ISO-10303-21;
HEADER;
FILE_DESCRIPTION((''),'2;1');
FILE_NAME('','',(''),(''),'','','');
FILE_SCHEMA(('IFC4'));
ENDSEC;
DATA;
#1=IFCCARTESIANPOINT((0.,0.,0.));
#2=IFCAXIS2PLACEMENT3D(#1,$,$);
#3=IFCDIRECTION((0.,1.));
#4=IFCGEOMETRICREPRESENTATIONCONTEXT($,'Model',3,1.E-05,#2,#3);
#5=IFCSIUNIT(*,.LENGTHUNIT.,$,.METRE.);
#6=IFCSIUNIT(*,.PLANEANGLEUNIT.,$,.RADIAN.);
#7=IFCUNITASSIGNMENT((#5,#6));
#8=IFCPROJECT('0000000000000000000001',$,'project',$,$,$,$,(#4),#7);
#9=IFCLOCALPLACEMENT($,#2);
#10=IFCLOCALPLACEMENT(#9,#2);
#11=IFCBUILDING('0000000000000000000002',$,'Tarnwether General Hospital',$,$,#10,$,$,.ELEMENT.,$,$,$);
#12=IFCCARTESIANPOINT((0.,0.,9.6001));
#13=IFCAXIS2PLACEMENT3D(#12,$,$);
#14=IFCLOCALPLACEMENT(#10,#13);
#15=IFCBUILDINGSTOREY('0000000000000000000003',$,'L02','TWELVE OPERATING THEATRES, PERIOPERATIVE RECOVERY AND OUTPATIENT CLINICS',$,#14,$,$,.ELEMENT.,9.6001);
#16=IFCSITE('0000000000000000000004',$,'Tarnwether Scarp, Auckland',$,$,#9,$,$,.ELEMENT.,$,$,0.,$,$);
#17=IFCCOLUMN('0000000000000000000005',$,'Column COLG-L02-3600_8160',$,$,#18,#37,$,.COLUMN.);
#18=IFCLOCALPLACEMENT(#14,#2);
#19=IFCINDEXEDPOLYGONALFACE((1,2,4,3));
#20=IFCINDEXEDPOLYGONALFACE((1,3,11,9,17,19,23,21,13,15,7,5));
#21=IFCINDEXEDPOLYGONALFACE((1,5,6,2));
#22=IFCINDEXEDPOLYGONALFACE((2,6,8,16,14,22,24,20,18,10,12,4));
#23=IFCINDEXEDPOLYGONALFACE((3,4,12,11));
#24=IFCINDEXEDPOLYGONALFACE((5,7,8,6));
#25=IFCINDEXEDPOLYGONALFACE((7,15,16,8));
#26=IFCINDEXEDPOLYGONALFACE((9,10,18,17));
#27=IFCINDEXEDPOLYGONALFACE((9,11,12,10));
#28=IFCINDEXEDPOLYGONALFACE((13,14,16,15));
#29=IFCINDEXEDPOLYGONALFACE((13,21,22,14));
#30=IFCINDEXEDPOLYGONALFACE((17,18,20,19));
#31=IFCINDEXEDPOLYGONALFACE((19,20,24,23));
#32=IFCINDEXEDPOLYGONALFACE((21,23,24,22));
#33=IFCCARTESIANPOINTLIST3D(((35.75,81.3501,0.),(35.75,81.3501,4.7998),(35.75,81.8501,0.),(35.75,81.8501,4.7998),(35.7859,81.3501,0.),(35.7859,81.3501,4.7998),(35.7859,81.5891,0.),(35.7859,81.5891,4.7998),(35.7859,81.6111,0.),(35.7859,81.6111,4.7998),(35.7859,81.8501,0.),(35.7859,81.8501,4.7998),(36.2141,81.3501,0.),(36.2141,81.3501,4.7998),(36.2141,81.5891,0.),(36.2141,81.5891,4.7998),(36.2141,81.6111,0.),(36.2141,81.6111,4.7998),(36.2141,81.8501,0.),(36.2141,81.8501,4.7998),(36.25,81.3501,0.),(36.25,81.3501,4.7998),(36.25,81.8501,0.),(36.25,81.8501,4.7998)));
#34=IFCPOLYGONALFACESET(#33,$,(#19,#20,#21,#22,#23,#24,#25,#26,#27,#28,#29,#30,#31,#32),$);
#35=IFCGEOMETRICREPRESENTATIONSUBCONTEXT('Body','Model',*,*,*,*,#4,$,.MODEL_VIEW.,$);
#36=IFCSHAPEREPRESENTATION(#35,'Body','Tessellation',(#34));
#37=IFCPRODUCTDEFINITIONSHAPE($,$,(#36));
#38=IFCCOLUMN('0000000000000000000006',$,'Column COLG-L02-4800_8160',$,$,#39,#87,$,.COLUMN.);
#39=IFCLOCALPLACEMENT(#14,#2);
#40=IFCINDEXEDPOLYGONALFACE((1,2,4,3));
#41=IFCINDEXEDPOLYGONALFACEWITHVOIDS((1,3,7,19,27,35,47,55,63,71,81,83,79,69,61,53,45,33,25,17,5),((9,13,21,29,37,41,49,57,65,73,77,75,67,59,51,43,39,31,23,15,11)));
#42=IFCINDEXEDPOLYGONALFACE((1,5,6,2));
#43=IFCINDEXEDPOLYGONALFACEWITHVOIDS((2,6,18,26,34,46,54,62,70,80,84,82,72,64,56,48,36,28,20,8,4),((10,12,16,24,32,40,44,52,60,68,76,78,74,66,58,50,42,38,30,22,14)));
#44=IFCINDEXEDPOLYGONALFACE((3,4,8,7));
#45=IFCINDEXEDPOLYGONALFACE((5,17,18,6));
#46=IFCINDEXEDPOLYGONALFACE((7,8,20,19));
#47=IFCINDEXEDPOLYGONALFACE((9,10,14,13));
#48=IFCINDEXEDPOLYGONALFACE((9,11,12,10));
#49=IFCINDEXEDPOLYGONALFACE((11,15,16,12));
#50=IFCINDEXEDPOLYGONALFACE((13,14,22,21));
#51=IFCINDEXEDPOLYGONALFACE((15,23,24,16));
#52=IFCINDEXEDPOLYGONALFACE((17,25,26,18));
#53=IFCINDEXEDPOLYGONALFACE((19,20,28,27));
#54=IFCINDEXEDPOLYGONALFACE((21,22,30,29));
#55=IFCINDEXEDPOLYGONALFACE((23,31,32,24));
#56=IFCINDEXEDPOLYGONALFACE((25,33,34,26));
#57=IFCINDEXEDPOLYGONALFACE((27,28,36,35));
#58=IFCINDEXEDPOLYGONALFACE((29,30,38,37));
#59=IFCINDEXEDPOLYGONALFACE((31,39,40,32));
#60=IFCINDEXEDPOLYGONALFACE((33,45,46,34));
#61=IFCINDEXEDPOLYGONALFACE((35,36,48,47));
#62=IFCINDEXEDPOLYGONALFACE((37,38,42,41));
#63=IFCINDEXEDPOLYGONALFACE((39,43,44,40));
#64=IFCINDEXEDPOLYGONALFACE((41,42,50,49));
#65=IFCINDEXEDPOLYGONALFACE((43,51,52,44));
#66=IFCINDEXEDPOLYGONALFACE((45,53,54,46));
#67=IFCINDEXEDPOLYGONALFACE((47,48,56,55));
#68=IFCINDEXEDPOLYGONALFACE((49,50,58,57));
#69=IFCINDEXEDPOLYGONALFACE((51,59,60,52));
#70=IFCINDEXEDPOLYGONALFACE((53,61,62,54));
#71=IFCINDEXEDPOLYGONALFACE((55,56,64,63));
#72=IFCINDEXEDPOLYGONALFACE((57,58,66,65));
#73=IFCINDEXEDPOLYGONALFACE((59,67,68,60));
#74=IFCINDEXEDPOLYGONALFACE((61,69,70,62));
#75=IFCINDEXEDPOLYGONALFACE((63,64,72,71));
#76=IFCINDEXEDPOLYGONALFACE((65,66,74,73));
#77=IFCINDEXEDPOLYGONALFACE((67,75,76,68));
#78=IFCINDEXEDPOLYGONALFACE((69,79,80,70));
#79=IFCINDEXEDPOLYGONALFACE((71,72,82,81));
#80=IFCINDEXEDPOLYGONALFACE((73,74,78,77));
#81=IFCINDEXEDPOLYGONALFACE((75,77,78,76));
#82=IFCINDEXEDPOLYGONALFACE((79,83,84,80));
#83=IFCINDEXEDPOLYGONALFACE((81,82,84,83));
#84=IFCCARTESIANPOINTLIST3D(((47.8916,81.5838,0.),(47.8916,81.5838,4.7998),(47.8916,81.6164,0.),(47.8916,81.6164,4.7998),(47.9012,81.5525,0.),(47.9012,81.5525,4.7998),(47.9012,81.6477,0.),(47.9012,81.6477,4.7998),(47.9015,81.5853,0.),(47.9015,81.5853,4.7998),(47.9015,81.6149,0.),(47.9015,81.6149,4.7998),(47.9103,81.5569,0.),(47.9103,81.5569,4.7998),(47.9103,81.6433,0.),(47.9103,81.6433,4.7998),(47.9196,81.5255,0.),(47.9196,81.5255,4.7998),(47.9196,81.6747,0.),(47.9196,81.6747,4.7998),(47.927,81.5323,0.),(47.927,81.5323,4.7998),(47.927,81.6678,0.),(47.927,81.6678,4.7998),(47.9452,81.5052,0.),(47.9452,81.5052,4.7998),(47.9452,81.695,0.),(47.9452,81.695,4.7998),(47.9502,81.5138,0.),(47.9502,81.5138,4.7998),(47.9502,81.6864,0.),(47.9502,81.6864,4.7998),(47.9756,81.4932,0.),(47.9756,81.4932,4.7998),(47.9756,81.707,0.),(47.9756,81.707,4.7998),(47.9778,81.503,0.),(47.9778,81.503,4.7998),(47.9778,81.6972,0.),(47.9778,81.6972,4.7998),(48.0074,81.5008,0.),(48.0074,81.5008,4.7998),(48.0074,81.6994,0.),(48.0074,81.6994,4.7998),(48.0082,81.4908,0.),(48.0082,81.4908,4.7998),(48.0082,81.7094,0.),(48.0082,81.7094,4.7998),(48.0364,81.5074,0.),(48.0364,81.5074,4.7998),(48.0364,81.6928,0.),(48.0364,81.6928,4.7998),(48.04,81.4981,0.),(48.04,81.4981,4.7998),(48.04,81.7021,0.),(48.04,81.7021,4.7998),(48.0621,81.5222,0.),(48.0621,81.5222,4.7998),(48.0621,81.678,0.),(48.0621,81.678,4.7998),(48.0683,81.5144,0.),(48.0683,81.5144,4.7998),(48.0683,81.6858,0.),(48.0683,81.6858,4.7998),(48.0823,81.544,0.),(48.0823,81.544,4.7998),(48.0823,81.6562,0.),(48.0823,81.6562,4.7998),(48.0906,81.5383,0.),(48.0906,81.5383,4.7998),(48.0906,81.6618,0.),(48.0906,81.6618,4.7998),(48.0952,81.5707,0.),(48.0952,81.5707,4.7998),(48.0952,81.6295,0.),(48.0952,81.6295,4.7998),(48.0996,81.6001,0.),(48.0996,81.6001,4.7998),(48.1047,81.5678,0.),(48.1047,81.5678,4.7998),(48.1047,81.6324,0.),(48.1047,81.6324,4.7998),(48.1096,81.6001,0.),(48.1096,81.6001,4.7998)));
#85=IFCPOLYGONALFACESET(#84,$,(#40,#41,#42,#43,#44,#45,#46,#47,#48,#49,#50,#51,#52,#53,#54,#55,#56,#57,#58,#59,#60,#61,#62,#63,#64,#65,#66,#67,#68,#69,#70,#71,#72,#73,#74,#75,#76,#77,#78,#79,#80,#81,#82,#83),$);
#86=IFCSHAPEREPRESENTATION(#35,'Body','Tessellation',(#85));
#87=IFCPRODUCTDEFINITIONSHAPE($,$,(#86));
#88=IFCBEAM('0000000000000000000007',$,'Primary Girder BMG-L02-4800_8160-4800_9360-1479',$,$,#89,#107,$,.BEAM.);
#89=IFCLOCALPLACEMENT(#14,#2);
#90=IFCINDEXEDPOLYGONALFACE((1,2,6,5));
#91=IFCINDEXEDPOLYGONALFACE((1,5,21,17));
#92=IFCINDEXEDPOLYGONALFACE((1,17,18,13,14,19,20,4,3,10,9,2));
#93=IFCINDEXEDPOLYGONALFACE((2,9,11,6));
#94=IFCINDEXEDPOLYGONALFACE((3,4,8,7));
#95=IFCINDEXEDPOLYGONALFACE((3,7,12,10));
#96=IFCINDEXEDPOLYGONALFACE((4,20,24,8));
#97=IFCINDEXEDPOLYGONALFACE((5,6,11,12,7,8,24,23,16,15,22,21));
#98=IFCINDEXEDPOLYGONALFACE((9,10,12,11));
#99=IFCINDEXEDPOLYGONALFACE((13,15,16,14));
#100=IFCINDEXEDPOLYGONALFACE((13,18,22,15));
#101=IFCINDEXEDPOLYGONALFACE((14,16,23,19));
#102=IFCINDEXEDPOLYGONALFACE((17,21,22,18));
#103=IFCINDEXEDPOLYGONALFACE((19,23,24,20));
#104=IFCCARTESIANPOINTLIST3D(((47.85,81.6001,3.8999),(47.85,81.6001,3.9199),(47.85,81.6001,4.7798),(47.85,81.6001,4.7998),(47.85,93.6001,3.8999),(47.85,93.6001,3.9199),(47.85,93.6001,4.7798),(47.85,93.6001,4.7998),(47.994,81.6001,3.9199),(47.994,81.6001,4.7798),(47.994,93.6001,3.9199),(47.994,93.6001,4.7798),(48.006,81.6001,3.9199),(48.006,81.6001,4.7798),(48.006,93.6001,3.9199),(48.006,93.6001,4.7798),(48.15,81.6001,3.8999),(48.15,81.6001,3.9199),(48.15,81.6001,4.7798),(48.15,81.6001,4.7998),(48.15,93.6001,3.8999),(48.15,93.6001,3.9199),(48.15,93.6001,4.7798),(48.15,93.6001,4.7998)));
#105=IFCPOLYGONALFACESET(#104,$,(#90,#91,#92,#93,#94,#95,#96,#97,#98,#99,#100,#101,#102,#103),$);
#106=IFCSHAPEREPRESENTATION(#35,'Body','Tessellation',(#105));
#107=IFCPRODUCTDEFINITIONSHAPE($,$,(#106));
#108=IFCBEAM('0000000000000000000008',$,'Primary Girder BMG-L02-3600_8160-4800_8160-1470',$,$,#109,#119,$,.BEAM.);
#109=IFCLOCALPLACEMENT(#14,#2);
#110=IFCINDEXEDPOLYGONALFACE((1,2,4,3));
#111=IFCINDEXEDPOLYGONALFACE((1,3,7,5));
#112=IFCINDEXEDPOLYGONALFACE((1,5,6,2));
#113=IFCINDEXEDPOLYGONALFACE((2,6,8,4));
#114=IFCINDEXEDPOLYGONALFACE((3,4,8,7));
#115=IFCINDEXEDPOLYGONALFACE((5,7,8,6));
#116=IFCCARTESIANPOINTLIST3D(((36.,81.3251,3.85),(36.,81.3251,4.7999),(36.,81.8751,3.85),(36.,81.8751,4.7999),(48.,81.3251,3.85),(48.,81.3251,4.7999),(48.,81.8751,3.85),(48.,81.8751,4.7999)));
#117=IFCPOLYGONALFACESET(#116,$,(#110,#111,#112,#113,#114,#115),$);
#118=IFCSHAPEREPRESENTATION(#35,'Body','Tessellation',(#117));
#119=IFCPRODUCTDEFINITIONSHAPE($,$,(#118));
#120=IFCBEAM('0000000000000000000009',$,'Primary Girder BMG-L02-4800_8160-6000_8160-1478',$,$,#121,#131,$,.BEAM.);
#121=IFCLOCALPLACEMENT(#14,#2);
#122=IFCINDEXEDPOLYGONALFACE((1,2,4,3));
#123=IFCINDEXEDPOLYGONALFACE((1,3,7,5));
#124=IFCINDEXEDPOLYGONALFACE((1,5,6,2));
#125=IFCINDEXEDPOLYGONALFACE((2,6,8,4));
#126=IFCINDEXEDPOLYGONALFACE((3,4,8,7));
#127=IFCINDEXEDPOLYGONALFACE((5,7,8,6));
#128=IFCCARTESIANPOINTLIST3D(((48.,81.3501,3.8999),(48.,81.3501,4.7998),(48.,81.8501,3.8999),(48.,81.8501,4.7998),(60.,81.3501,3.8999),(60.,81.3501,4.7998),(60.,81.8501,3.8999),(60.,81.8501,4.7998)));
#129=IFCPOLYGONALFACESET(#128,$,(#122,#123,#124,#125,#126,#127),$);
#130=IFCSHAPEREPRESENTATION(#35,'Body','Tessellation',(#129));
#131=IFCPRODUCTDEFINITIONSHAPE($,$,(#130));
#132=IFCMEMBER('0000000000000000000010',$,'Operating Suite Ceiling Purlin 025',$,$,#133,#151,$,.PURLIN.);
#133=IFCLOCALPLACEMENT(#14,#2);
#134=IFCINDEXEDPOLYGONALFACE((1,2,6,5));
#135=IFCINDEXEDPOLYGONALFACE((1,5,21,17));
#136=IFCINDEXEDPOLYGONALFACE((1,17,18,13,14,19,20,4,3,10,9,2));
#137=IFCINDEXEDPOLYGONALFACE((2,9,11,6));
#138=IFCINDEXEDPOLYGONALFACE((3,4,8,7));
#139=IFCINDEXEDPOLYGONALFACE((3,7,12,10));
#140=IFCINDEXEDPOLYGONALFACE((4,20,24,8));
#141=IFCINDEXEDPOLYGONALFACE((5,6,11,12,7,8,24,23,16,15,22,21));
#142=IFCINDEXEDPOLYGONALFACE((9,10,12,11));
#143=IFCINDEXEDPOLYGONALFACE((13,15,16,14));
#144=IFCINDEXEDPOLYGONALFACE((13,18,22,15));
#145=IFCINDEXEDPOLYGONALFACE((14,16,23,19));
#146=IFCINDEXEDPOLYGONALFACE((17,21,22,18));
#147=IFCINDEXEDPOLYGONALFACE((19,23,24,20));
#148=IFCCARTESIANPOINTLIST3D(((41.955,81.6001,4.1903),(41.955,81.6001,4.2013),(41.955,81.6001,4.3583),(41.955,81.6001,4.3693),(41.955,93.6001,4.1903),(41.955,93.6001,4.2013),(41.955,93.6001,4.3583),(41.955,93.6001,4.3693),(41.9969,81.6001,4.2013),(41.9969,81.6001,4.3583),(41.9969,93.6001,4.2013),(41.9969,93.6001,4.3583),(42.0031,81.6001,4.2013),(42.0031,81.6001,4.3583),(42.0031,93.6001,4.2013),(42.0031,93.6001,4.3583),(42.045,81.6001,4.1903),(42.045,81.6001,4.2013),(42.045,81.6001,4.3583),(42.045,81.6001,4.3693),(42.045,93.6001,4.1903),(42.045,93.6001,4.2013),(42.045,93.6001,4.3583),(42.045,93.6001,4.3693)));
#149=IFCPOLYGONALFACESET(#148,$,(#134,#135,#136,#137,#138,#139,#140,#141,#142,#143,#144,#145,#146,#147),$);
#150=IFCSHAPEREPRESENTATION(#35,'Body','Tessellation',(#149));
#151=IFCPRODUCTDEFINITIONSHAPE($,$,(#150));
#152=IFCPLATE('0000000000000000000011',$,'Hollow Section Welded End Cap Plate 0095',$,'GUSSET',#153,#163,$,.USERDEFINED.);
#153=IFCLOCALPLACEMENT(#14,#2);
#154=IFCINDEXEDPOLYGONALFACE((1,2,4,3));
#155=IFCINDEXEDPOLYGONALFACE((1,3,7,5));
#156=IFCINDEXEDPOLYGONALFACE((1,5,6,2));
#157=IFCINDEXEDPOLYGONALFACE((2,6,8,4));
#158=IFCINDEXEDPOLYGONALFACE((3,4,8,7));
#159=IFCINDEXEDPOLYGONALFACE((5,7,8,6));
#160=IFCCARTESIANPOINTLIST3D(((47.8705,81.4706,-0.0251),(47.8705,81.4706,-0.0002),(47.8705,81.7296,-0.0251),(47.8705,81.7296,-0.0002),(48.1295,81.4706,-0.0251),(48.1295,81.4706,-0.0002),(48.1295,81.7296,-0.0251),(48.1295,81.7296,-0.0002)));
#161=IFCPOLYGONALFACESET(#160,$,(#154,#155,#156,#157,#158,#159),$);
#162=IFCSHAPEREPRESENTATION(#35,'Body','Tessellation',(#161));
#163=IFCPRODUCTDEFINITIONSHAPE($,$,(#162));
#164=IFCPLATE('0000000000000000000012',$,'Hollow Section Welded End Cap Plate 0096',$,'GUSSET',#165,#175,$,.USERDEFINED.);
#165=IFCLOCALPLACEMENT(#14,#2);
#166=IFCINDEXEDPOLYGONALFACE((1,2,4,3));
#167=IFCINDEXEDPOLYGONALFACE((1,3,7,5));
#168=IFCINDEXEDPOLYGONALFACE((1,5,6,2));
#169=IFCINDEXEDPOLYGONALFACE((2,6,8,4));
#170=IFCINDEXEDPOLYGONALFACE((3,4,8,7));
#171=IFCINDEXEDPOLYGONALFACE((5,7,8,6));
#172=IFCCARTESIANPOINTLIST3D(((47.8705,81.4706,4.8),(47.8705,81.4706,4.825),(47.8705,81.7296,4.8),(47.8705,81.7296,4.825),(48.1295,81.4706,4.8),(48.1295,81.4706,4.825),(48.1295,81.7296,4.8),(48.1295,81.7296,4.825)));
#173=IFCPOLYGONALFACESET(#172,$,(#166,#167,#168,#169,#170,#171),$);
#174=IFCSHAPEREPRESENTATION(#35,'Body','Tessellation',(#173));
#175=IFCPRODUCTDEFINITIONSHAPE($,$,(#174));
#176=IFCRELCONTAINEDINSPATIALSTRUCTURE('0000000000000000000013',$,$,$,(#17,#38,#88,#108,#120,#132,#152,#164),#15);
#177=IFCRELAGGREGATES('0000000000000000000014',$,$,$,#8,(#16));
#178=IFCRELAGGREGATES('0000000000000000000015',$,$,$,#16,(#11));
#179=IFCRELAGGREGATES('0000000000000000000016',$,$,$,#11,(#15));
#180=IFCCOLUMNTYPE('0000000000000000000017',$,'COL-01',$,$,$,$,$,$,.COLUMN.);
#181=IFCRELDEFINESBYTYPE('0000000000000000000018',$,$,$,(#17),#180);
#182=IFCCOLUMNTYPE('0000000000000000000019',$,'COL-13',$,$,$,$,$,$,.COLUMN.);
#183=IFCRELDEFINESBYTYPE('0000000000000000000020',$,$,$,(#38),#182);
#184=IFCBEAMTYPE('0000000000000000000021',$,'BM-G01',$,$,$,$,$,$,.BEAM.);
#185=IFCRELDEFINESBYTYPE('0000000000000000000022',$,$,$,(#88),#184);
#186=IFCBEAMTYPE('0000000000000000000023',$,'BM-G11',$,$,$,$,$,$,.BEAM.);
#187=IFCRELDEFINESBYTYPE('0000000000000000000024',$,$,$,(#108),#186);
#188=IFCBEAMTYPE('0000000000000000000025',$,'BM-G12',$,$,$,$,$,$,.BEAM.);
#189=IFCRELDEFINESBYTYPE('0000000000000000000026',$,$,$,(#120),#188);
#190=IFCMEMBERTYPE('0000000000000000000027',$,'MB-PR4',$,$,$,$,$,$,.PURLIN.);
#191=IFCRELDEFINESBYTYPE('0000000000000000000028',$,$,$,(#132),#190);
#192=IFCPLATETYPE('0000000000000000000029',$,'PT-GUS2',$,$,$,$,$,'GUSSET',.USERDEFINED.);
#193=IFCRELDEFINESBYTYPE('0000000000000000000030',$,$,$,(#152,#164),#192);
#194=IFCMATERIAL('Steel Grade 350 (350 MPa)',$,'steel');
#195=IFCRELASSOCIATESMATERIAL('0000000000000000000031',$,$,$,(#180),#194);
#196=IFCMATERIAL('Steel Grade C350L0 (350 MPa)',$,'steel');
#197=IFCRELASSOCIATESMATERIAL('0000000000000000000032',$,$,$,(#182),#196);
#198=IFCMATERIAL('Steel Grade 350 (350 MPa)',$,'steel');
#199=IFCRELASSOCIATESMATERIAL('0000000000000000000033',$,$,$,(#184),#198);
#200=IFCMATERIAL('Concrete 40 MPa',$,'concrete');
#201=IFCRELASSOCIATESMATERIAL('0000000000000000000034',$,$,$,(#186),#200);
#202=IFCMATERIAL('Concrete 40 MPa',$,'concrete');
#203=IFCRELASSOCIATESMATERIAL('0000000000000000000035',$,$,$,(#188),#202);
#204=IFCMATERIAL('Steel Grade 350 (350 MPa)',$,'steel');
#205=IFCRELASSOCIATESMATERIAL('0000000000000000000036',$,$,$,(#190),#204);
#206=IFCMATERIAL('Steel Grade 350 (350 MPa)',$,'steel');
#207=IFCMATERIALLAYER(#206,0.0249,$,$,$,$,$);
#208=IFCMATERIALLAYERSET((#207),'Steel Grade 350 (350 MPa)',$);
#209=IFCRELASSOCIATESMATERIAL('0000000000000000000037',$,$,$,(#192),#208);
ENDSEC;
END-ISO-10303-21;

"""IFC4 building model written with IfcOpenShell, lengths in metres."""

from ifc_helpers import new_model, si_unit, direction, frame, origin, origin_2d, place, context, subcontext, project, spatial, rectangle, hollow_circle, i_section, extrude, material, layer, layer_set, material_profile, profile_set, type_object, element, save


model = new_model("IFC4")

# Units and contexts
model_context = context("Model", 3, precision=1e-05, world=origin(), true_north=direction((0.0, 1.0)))
body_context = subcontext(model_context, "Body", "Model", "MODEL_VIEW")
ifc_project = project(units=[si_unit("LENGTHUNIT", "METRE"), si_unit("PLANEANGLEUNIT", "RADIAN")], contexts=[model_context])

# Site, building, storey
site_placement = place(None, origin())
site = spatial("IfcSite", under=ifc_project, at=site_placement, Name="Tarnwether Scarp, Auckland", CompositionType="ELEMENT", RefElevation=0.0)
building_placement = place(site_placement, origin())
building = spatial("IfcBuilding", under=site, at=building_placement, Name="Tarnwether General Hospital", CompositionType="ELEMENT")
storey_placement = place(building_placement, frame((0.0, 0.0, 9.6001)))
storey = spatial("IfcBuildingStorey", under=building, at=storey_placement, Name="L02", Description="TWELVE OPERATING THEATRES, PERIOPERATIVE RECOVERY AND OUTPATIENT CLINICS", CompositionType="ELEMENT", Elevation=9.6001)

# Columns
ifc_material_1 = material(Name="Steel Grade 350 (350 MPa)", Category="steel")
ifc_material_profile_1 = material_profile(ifc_material_1, i_section(OverallWidth=0.5, OverallDepth=0.5, WebThickness=0.022, FlangeThickness=0.0359, at=origin_2d()), Name="500WC380")
ifc_profile_set_1 = profile_set([ifc_material_profile_1], Name="Steel Grade 350 (350 MPa)")
column_type_1 = type_object("IfcColumnType", Name="COL-01", PredefinedType="COLUMN", material=ifc_profile_set_1)
column_1_placement = place(storey_placement, frame((36.0, 81.6001, 0.0), z_axis=(0.0, 0.0, 1.0), x_axis=(0.0, 1.0, 0.0)))
element("IfcColumn", 1, at=column_1_placement, inside=storey, type_object=column_type_1, Name="Column COLG-L02-3600_8160", PredefinedType="COLUMN", context=body_context, shape_type="SweptSolid", body=[
    extrude(i_section(OverallWidth=0.5, OverallDepth=0.5, WebThickness=0.022, FlangeThickness=0.0359, at=origin_2d()), origin(), (0.0, 0.0, 1.0), 4.7998),
])
ifc_material_2 = material(Name="Steel Grade C350L0 (350 MPa)", Category="steel")
ifc_material_profile_2 = material_profile(ifc_material_2, hollow_circle(Radius=0.1096, WallThickness=0.01, at=origin_2d()), Name="CHS219.1x10.0")
ifc_profile_set_2 = profile_set([ifc_material_profile_2], Name="Steel Grade C350L0 (350 MPa)")
column_type_2 = type_object("IfcColumnType", Name="COL-13", PredefinedType="COLUMN", material=ifc_profile_set_2)
column_2_placement = place(storey_placement, frame((48.0, 81.6001, 0.0), z_axis=(0.0, 0.0, 1.0), x_axis=(1.0, 0.0, 0.0)))
element("IfcColumn", 2, at=column_2_placement, inside=storey, type_object=column_type_2, Name="Column COLG-L02-4800_8160", PredefinedType="COLUMN", context=body_context, shape_type="SweptSolid", body=[
    extrude(hollow_circle(Radius=0.1096, WallThickness=0.01, at=origin_2d()), origin(), (0.0, 0.0, 1.0), 4.7998),
])

# Beams
ifc_material_3 = material(Name="Steel Grade 350 (350 MPa)", Category="steel")
ifc_material_profile_3 = material_profile(ifc_material_3, i_section(OverallWidth=0.3, OverallDepth=0.8999, WebThickness=0.012, FlangeThickness=0.02, at=origin_2d()), Name="900WB175")
ifc_profile_set_3 = profile_set([ifc_material_profile_3], Name="Steel Grade 350 (350 MPa)")
beam_type_1 = type_object("IfcBeamType", Name="BM-G01", PredefinedType="BEAM", material=ifc_profile_set_3)
beam_1_placement = place(storey_placement, frame((48.0, 81.6001, 4.3499), z_axis=(0.0, 1.0, 0.0), x_axis=(-1.0, 0.0, 0.0)))
element("IfcBeam", 3, at=beam_1_placement, inside=storey, type_object=beam_type_1, Name="Primary Girder BMG-L02-4800_8160-4800_9360-1479", PredefinedType="BEAM", context=body_context, shape_type="SweptSolid", body=[
    extrude(i_section(OverallWidth=0.3, OverallDepth=0.8999, WebThickness=0.012, FlangeThickness=0.02, at=origin_2d()), origin(), (0.0, 0.0, 1.0), 12.0),
])
ifc_material_4 = material(Name="Concrete 40 MPa", Category="concrete")
ifc_material_profile_4 = material_profile(ifc_material_4, rectangle(XDim=0.55, YDim=0.95, at=origin_2d()), Name="RC-BM-550x950")
ifc_profile_set_4 = profile_set([ifc_material_profile_4], Name="Concrete 40 MPa")
beam_type_2 = type_object("IfcBeamType", Name="BM-G11", PredefinedType="BEAM", material=ifc_profile_set_4)
beam_2_placement = place(storey_placement, frame((36.0, 81.6001, 4.325), z_axis=(1.0, 0.0, 0.0), x_axis=(0.0, 1.0, 0.0)))
element("IfcBeam", 4, at=beam_2_placement, inside=storey, type_object=beam_type_2, Name="Primary Girder BMG-L02-3600_8160-4800_8160-1470", PredefinedType="BEAM", context=body_context, shape_type="SweptSolid", body=[
    extrude(rectangle(XDim=0.55, YDim=0.95, at=origin_2d()), origin(), (0.0, 0.0, 1.0), 12.0),
])
ifc_material_5 = material(Name="Concrete 40 MPa", Category="concrete")
ifc_material_profile_5 = material_profile(ifc_material_5, rectangle(XDim=0.5, YDim=0.8999, at=origin_2d()), Name="RC-BM-500x900")
ifc_profile_set_5 = profile_set([ifc_material_profile_5], Name="Concrete 40 MPa")
beam_type_3 = type_object("IfcBeamType", Name="BM-G12", PredefinedType="BEAM", material=ifc_profile_set_5)
beam_3_placement = place(storey_placement, frame((48.0, 81.6001, 4.3499), z_axis=(1.0, 0.0, 0.0), x_axis=(0.0, 1.0, 0.0)))
element("IfcBeam", 5, at=beam_3_placement, inside=storey, type_object=beam_type_3, Name="Primary Girder BMG-L02-4800_8160-6000_8160-1478", PredefinedType="BEAM", context=body_context, shape_type="SweptSolid", body=[
    extrude(rectangle(XDim=0.5, YDim=0.8999, at=origin_2d()), origin(), (0.0, 0.0, 1.0), 12.0),
])

# Member
ifc_material_6 = material(Name="Steel Grade 350 (350 MPa)", Category="steel")
ifc_material_profile_6 = material_profile(ifc_material_6, i_section(OverallWidth=0.0901, OverallDepth=0.179, WebThickness=0.0061, FlangeThickness=0.011, at=origin_2d()), Name="180UB22.2")
ifc_profile_set_6 = profile_set([ifc_material_profile_6], Name="Steel Grade 350 (350 MPa)")
member_type = type_object("IfcMemberType", Name="MB-PR4", PredefinedType="PURLIN", material=ifc_profile_set_6)
member_placement = place(storey_placement, frame((42.0, 81.6001, 4.2798), z_axis=(0.0, 1.0, 0.0), x_axis=(-1.0, 0.0, 0.0)))
element("IfcMember", 6, at=member_placement, inside=storey, type_object=member_type, Name="Operating Suite Ceiling Purlin 025", PredefinedType="PURLIN", context=body_context, shape_type="SweptSolid", body=[
    extrude(i_section(OverallWidth=0.0901, OverallDepth=0.179, WebThickness=0.0061, FlangeThickness=0.011, at=origin_2d()), origin(), (0.0, 0.0, 1.0), 12.0),
])

# Plates
ifc_material_7 = material(Name="Steel Grade 350 (350 MPa)", Category="steel")
ifc_layer_1 = layer(ifc_material_7, 0.0249)
ifc_layer_set_1 = layer_set([ifc_layer_1], Name="Steel Grade 350 (350 MPa)")
plate_type = type_object("IfcPlateType", Name="PT-GUS2", ElementType="GUSSET", PredefinedType="USERDEFINED", material=ifc_layer_set_1)
for number, where, z_axis, x_axis, name in (
    (7, (48.0, 81.6001, -0.0251), (0.0, 0.0, 1.0), (1.0, 0.0, 0.0), "Hollow Section Welded End Cap Plate 0095"),
    (8, (48.0, 81.6001, 4.8), (0.0, 0.0, 1.0), (1.0, 0.0, 0.0), "Hollow Section Welded End Cap Plate 0096"),
):
    element("IfcPlate", number, at=place(storey_placement, frame(where, z_axis=z_axis, x_axis=x_axis)), inside=storey, type_object=plate_type, Name=name, ObjectType="GUSSET", PredefinedType="USERDEFINED", context=body_context, shape_type="SweptSolid", body=[
        extrude(rectangle(XDim=0.259, YDim=0.259, at=origin_2d()), origin(), (0.0, 0.0, 1.0), 0.0249),
    ])

save(model, "model.ifc")
